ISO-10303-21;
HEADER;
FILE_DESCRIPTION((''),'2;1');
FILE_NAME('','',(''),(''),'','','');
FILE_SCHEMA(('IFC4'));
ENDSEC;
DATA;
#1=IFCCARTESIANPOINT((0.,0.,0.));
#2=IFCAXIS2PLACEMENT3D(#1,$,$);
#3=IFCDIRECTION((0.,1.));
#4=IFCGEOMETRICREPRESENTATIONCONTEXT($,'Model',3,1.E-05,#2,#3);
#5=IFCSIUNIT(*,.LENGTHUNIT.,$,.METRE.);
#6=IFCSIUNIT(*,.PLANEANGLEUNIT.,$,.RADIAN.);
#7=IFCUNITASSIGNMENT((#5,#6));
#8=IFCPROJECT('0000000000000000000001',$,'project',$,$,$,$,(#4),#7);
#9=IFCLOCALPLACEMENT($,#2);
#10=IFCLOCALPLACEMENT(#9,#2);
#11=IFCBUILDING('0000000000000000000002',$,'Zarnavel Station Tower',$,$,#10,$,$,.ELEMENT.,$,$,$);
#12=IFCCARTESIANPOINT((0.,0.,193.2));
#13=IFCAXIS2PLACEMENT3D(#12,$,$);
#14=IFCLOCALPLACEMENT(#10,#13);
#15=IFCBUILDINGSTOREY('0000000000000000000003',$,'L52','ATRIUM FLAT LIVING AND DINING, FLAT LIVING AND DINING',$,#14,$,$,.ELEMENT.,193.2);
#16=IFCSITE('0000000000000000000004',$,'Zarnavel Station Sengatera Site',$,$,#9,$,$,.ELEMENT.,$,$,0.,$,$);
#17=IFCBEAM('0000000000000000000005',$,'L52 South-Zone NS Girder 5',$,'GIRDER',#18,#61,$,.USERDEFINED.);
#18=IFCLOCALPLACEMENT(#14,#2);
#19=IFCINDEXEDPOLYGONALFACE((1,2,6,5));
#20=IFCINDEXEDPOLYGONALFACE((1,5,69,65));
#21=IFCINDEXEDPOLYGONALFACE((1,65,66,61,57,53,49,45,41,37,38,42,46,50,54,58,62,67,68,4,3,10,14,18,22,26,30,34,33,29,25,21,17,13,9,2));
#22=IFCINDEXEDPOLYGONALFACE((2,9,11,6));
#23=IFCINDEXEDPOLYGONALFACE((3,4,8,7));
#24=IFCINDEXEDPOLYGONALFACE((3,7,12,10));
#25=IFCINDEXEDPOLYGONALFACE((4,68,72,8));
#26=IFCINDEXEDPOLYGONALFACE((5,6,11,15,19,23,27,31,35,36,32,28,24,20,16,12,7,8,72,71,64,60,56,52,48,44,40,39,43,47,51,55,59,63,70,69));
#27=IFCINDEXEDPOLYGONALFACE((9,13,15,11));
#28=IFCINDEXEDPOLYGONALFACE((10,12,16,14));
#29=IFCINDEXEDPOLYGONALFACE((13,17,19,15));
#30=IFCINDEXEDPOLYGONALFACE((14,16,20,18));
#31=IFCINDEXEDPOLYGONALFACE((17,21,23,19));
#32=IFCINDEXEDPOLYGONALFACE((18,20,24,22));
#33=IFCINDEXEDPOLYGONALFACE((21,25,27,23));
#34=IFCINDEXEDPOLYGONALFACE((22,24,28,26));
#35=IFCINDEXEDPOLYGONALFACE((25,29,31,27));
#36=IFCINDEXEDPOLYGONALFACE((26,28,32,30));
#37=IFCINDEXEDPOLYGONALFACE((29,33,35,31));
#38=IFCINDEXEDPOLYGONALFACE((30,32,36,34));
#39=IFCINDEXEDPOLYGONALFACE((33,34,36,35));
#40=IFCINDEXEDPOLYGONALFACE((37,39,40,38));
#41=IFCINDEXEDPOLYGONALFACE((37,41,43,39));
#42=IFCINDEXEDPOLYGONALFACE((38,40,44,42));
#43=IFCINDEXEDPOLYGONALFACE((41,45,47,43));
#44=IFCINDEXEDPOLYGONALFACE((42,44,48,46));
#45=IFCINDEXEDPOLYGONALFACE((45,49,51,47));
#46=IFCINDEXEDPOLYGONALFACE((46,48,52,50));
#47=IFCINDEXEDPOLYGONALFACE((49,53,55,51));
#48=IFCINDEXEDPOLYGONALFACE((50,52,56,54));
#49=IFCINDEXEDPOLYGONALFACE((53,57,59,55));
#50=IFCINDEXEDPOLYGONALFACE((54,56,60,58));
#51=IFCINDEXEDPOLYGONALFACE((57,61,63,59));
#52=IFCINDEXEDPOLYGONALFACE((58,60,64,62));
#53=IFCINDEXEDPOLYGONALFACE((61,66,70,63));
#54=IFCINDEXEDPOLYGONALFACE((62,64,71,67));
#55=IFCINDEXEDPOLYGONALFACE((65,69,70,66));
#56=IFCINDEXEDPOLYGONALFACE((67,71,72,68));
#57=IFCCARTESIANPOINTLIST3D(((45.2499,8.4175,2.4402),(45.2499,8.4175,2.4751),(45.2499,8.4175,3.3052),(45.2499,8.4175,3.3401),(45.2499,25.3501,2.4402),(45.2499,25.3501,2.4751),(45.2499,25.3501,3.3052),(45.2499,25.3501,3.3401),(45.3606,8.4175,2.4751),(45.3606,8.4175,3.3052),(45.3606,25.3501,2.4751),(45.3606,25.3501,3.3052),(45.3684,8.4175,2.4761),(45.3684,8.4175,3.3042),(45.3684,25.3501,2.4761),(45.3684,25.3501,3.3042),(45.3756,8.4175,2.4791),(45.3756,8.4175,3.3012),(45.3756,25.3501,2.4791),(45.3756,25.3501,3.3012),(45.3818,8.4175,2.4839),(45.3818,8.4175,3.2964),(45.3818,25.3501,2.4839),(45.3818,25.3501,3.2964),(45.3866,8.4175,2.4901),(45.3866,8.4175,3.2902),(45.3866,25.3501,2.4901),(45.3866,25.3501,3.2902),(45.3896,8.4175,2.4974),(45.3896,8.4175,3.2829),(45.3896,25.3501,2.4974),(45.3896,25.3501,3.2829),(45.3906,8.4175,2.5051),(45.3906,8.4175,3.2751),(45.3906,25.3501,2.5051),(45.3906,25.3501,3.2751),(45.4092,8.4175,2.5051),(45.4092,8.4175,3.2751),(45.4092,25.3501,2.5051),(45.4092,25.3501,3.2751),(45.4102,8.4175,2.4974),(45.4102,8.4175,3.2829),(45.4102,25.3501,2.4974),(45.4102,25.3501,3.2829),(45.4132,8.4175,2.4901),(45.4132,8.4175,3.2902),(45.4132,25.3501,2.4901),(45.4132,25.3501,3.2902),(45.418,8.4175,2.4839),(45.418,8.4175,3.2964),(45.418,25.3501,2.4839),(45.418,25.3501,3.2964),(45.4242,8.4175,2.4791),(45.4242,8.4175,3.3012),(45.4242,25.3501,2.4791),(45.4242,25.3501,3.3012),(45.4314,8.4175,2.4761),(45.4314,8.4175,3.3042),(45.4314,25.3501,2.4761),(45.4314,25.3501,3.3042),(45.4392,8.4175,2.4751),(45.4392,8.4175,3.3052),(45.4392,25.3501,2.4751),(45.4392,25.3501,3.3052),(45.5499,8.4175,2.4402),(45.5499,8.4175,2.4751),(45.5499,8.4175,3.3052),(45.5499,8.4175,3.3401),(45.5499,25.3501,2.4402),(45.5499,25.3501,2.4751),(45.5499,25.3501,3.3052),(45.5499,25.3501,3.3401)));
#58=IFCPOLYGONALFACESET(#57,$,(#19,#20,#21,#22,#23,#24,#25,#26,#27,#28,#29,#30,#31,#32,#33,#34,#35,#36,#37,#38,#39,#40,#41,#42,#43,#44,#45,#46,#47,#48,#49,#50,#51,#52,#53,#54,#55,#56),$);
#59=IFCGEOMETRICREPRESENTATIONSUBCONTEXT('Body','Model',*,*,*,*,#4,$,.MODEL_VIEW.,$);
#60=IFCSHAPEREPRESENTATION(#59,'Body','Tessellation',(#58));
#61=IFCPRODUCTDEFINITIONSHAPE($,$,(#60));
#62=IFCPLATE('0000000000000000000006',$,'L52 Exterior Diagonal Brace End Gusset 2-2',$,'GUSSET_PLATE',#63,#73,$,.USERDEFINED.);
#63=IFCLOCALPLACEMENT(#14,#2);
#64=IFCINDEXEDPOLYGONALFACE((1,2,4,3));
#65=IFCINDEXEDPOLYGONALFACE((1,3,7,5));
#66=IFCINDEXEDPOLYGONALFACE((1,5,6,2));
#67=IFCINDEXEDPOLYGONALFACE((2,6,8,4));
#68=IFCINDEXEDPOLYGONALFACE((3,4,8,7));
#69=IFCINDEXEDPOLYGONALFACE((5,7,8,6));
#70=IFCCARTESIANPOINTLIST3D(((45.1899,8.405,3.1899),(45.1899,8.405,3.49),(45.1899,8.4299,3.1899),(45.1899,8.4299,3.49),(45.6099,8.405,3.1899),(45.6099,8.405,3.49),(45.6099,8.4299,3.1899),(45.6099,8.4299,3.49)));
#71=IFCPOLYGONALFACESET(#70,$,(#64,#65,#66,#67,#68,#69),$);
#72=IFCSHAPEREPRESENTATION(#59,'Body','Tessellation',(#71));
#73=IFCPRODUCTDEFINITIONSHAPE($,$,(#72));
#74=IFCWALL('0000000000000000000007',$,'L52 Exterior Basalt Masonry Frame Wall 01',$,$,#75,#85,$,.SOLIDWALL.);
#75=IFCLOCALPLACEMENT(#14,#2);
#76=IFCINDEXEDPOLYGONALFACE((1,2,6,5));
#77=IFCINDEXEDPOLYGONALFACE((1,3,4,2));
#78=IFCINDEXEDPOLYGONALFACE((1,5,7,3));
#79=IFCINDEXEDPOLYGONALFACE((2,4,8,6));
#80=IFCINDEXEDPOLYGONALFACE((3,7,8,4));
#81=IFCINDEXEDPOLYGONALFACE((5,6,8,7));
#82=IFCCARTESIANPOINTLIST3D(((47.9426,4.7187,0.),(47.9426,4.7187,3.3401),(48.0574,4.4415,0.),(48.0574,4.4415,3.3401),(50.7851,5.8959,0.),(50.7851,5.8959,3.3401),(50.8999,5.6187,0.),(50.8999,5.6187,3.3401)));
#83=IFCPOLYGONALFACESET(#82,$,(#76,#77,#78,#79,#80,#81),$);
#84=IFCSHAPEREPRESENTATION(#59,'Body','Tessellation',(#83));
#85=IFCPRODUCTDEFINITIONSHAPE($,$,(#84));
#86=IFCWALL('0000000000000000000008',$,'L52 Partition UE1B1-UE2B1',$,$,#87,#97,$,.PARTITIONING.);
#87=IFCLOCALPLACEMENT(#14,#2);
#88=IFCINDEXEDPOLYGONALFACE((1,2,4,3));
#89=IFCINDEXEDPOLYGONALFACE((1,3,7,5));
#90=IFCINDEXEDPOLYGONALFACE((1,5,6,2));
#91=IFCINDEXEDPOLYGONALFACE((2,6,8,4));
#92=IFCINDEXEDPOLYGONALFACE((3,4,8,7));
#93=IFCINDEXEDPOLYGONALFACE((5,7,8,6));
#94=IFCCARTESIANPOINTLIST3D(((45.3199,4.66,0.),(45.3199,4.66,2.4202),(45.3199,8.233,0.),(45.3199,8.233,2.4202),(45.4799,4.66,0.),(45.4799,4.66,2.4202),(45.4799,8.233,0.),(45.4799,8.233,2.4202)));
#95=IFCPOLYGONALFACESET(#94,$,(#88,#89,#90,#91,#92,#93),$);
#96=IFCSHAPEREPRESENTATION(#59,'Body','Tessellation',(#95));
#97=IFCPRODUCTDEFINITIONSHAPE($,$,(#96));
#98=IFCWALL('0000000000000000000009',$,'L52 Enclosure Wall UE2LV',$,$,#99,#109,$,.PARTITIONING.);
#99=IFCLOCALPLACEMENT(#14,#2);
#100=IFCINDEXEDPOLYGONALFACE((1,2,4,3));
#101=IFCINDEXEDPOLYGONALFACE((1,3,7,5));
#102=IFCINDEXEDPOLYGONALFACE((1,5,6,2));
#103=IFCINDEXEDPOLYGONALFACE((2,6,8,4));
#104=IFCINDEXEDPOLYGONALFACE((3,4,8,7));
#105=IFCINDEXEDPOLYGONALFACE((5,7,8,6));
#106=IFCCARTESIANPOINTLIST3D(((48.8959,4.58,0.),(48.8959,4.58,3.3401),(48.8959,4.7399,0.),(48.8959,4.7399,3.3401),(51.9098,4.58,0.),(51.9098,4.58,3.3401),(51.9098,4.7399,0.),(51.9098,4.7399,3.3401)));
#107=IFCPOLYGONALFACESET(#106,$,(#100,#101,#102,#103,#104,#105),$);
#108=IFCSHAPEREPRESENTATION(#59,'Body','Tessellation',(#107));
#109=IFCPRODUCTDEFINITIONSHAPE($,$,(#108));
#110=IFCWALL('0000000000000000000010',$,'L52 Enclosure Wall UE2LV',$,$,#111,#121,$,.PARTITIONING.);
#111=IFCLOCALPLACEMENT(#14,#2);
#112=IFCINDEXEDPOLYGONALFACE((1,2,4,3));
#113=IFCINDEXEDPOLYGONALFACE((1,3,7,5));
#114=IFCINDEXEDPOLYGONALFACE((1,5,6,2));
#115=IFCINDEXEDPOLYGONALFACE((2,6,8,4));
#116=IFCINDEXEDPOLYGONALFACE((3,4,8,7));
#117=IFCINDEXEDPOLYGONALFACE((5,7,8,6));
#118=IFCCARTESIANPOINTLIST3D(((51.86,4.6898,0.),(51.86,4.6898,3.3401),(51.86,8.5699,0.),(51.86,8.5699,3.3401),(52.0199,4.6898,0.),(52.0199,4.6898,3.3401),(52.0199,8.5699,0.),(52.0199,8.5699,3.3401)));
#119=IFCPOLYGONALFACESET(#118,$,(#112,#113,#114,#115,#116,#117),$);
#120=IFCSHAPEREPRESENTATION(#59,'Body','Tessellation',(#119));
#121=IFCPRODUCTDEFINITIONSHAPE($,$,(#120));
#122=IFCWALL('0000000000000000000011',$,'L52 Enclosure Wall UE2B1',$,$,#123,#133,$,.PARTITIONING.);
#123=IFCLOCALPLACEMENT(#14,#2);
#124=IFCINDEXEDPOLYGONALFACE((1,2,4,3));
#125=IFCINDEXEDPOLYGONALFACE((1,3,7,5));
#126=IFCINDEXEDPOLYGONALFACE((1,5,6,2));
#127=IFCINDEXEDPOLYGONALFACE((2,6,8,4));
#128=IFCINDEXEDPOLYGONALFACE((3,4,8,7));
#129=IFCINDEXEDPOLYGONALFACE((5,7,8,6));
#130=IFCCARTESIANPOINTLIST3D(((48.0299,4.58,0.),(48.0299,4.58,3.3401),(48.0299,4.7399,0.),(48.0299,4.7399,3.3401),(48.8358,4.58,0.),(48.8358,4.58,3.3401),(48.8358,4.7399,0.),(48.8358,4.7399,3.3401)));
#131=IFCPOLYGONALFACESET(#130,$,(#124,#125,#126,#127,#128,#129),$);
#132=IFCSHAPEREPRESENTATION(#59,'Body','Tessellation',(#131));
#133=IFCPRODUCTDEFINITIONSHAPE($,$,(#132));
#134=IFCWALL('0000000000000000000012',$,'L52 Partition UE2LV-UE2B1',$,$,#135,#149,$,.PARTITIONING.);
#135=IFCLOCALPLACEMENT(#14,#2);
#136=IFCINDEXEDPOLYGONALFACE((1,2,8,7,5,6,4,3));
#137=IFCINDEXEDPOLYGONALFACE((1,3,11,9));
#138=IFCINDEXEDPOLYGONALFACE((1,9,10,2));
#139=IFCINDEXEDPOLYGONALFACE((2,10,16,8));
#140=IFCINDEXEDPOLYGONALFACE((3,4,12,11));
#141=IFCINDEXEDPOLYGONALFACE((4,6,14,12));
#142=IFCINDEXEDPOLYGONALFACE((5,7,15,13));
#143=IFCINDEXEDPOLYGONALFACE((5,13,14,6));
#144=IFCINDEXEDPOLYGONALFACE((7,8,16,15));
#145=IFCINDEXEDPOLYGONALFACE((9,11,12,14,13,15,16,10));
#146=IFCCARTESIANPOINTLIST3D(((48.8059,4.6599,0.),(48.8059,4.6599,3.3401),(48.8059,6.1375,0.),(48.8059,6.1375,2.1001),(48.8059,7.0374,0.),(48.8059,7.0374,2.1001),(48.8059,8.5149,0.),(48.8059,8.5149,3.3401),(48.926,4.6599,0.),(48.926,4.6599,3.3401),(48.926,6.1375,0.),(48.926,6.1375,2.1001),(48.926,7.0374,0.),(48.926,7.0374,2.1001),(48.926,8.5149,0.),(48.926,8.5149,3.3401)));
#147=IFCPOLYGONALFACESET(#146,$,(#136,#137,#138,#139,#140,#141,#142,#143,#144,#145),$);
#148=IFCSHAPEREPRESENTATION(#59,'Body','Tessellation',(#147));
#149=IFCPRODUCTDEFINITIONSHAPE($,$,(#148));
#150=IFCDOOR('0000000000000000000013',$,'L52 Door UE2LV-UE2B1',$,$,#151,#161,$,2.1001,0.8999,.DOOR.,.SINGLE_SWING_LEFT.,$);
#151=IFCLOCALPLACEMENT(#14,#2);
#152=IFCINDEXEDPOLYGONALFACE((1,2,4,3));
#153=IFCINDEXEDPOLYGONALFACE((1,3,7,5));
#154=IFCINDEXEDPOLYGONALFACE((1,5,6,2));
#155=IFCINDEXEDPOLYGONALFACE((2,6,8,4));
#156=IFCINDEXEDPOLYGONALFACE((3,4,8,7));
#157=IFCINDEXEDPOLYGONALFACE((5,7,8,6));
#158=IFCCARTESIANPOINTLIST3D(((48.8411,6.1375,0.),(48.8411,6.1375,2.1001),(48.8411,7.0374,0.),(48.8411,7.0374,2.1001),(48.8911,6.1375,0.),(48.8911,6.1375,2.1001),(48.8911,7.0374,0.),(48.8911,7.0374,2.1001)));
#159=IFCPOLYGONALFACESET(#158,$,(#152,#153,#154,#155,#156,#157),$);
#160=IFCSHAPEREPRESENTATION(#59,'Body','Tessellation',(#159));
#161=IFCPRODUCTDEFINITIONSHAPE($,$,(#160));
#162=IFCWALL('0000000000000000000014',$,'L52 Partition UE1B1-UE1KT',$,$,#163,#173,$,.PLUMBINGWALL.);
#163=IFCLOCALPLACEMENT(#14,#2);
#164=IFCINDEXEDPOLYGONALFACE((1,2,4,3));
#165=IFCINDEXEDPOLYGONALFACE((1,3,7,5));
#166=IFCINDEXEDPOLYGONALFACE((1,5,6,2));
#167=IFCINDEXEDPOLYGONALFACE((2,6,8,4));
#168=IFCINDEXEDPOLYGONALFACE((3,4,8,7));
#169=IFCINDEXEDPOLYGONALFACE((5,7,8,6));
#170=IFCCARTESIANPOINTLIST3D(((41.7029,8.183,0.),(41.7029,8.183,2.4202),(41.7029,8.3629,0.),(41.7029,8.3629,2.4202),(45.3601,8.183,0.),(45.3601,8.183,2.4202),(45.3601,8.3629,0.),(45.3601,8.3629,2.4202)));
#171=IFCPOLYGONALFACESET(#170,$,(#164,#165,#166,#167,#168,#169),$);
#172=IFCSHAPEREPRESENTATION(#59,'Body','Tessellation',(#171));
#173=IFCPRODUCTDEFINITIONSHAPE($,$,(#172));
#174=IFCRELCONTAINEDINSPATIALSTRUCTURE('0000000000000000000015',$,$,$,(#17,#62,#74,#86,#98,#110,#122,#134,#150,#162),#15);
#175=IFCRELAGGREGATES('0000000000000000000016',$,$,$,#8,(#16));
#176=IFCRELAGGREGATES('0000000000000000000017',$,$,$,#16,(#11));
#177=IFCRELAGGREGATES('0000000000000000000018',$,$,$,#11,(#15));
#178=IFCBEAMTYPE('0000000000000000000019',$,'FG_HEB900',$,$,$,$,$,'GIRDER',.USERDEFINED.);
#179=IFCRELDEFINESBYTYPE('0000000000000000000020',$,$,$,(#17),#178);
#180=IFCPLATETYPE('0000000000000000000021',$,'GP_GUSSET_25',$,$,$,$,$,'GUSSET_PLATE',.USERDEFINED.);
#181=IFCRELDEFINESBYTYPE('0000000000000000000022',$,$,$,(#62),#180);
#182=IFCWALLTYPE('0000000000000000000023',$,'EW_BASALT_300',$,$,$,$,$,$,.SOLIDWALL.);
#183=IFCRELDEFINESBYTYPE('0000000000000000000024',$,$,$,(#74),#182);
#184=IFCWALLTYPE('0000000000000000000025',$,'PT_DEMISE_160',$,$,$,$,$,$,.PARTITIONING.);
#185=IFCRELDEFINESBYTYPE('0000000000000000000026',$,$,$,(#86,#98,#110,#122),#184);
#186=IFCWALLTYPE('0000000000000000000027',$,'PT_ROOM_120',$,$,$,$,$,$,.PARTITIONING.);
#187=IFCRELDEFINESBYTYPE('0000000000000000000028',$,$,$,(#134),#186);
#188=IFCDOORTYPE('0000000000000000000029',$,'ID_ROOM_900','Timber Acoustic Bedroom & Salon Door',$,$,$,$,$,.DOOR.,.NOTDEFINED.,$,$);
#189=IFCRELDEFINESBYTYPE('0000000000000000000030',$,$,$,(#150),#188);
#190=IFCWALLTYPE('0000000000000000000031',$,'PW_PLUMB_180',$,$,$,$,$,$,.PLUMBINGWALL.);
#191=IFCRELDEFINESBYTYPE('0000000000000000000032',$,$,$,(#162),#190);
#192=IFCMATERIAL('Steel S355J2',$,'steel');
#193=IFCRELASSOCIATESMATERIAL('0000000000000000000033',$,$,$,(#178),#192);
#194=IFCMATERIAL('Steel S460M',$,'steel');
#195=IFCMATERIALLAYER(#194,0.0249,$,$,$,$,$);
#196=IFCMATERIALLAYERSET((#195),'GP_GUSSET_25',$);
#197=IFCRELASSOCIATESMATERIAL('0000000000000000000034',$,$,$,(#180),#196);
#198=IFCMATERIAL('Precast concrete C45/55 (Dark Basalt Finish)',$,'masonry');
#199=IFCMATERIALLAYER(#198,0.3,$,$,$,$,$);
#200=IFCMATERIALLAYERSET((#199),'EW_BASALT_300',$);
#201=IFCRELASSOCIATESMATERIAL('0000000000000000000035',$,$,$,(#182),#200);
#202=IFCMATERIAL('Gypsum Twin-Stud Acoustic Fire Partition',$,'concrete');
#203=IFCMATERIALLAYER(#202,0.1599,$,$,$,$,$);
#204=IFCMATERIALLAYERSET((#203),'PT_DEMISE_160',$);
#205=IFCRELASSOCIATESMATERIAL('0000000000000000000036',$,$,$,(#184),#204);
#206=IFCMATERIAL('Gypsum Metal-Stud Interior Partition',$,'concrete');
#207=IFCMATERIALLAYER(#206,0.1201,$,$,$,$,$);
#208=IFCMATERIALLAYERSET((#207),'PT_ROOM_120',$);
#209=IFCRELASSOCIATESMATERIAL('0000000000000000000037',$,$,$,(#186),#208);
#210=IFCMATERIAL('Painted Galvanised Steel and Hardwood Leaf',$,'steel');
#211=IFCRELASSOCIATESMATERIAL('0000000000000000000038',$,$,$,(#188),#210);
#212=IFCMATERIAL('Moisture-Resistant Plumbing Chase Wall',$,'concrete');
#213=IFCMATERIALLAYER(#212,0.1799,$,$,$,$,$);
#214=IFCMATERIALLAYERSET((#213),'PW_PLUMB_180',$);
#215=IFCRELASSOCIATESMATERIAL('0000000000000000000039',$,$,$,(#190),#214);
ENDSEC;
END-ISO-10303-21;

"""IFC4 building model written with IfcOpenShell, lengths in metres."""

from ifc_helpers import new_model, si_unit, direction, frame, frame_2d, origin, origin_2d, place, context, subcontext, project, spatial, rectangle, i_section, extrude, material, layer, layer_set, material_profile, profile_set, type_object, element, fill, save


model = new_model("IFC4")

# Units and contexts
model_context = context("Model", 3, precision=1e-05, world=origin(), true_north=direction((0.0, 1.0)))
body_context = subcontext(model_context, "Body", "Model", "MODEL_VIEW")
ifc_project = project(units=[si_unit("LENGTHUNIT", "METRE"), si_unit("PLANEANGLEUNIT", "RADIAN")], contexts=[model_context])

# Site, building, storey
site_placement = place(None, origin())
site = spatial("IfcSite", under=ifc_project, at=site_placement, Name="Zarnavel Station Sengatera Site", CompositionType="ELEMENT", RefElevation=0.0)
building_placement = place(site_placement, origin())
building = spatial("IfcBuilding", under=site, at=building_placement, Name="Zarnavel Station Tower", CompositionType="ELEMENT")
storey_placement = place(building_placement, frame((0.0, 0.0, 193.2)))
storey = spatial("IfcBuildingStorey", under=building, at=storey_placement, Name="L52", Description="ATRIUM FLAT LIVING AND DINING, FLAT LIVING AND DINING", CompositionType="ELEMENT", Elevation=193.2)

# Beam
ifc_material_1 = material(Name="Steel S355J2", Category="steel")
ifc_material_profile = material_profile(ifc_material_1, i_section(OverallWidth=0.3, OverallDepth=0.8999, WebThickness=0.0186, FlangeThickness=0.0349, FilletRadius=0.03, at=origin_2d()), Name="HEB900")
ifc_profile_set = profile_set([ifc_material_profile], Name="Steel S355J2")
beam_type = type_object("IfcBeamType", Name="FG_HEB900", ElementType="GIRDER", PredefinedType="USERDEFINED", material=ifc_profile_set)
beam_placement = place(storey_placement, frame((45.3999, 8.4175, 2.8901), z_axis=(0.0, 1.0, 0.0), x_axis=(-1.0, 0.0, 0.0)))
element("IfcBeam", 1, at=beam_placement, inside=storey, type_object=beam_type, Name="L52 South-Zone NS Girder 5", ObjectType="GIRDER", PredefinedType="USERDEFINED", context=body_context, shape_type="SweptSolid", body=[
    extrude(i_section(OverallWidth=0.3, OverallDepth=0.8999, WebThickness=0.0186, FlangeThickness=0.0349, FilletRadius=0.03, at=origin_2d()), origin(), (0.0, 0.0, 1.0), 16.9326),
])

# Plate
ifc_material_2 = material(Name="Steel S460M", Category="steel")
ifc_layer_1 = layer(ifc_material_2, 0.0249)
ifc_layer_set_1 = layer_set([ifc_layer_1], Name="GP_GUSSET_25")
plate_type = type_object("IfcPlateType", Name="GP_GUSSET_25", ElementType="GUSSET_PLATE", PredefinedType="USERDEFINED", material=ifc_layer_set_1)
plate_placement = place(storey_placement, frame((45.3999, 8.4175, 3.1899), z_axis=(0.0, 0.0, 1.0), x_axis=(1.0, 0.0, 0.0)))
element("IfcPlate", 2, at=plate_placement, inside=storey, type_object=plate_type, Name="L52 Exterior Diagonal Brace End Gusset 2-2", ObjectType="GUSSET_PLATE", PredefinedType="USERDEFINED", context=body_context, shape_type="SweptSolid", body=[
    extrude(rectangle(XDim=0.4199, YDim=0.0249, at=origin_2d()), origin(), (0.0, 0.0, 1.0), 0.3),
])

# Wall
ifc_material_3 = material(Name="Precast concrete C45/55 (Dark Basalt Finish)", Category="masonry")
ifc_layer_2 = layer(ifc_material_3, 0.3)
ifc_layer_set_2 = layer_set([ifc_layer_2], Name="EW_BASALT_300")
wall_type_1 = type_object("IfcWallType", Name="EW_BASALT_300", PredefinedType="SOLIDWALL", material=ifc_layer_set_2)
wall_1_placement = place(storey_placement, frame((50.8425, 5.7573, 0.0), z_axis=(0.0, 0.0, 1.0), x_axis=(-0.923899, -0.382637, 0.0)))
element("IfcWall", 3, at=wall_1_placement, inside=storey, type_object=wall_type_1, Name="L52 Exterior Basalt Masonry Frame Wall 01", PredefinedType="SOLIDWALL", context=body_context, shape_type="SweptSolid", body=[
    extrude(rectangle(XDim=3.0767, YDim=0.3, at=frame_2d((1.5383, 0.0))), origin(), (0.0, 0.0, 1.0), 3.3401),
])

# Walls
ifc_material_4 = material(Name="Gypsum Twin-Stud Acoustic Fire Partition", Category="concrete")
ifc_layer_3 = layer(ifc_material_4, 0.1599)
ifc_layer_set_3 = layer_set([ifc_layer_3], Name="PT_DEMISE_160")
wall_type_2 = type_object("IfcWallType", Name="PT_DEMISE_160", PredefinedType="PARTITIONING", material=ifc_layer_set_3)
wall_2_placement = place(storey_placement, frame((45.3999, 4.6599, 0.0), z_axis=(0.0, 0.0, 1.0), x_axis=(0.0, 1.0, 0.0)))
element("IfcWall", 4, at=wall_2_placement, inside=storey, type_object=wall_type_2, Name="L52 Partition UE1B1-UE2B1", PredefinedType="PARTITIONING", context=body_context, shape_type="SweptSolid", body=[
    extrude(rectangle(XDim=3.573, YDim=0.1599, at=frame_2d((1.7866, 0.0))), origin(), (0.0, 0.0, 1.0), 2.4202),
])
wall_3_placement = place(storey_placement, frame((48.896, 4.6599, 0.0), z_axis=(0.0, 0.0, 1.0), x_axis=(1.0, 0.0, 0.0)))
element("IfcWall", 5, at=wall_3_placement, inside=storey, type_object=wall_type_2, Name="L52 Enclosure Wall UE2LV", PredefinedType="PARTITIONING", context=body_context, shape_type="SweptSolid", body=[
    extrude(rectangle(XDim=3.0139, YDim=0.1599, at=frame_2d((1.5068, 0.0))), origin(), (0.0, 0.0, 1.0), 3.3401),
])
wall_4_placement = place(storey_placement, frame((51.9399, 4.6899, 0.0), z_axis=(0.0, 0.0, 1.0), x_axis=(0.0, 1.0, 0.0)))
element("IfcWall", 6, at=wall_4_placement, inside=storey, type_object=wall_type_2, Name="L52 Enclosure Wall UE2LV", PredefinedType="PARTITIONING", context=body_context, shape_type="SweptSolid", body=[
    extrude(rectangle(XDim=3.8801, YDim=0.1599, at=frame_2d((1.9399, 0.0))), origin(), (0.0, 0.0, 1.0), 3.3401),
])
wall_5_placement = place(storey_placement, frame((48.03, 4.6599, 0.0), z_axis=(0.0, 0.0, 1.0), x_axis=(1.0, 0.0, 0.0)))
element("IfcWall", 7, at=wall_5_placement, inside=storey, type_object=wall_type_2, Name="L52 Enclosure Wall UE2B1", PredefinedType="PARTITIONING", context=body_context, shape_type="SweptSolid", body=[
    extrude(rectangle(XDim=0.8059, YDim=0.1599, at=frame_2d((0.4028, 0.0))), origin(), (0.0, 0.0, 1.0), 3.3401),
])

# Wall, opening, door
ifc_material_5 = material(Name="Gypsum Metal-Stud Interior Partition", Category="concrete")
ifc_layer_4 = layer(ifc_material_5, 0.1201)
ifc_layer_set_4 = layer_set([ifc_layer_4], Name="PT_ROOM_120")
wall_type_3 = type_object("IfcWallType", Name="PT_ROOM_120", PredefinedType="PARTITIONING", material=ifc_layer_set_4)
wall_6_placement = place(storey_placement, frame((48.866, 4.6599, 0.0), z_axis=(0.0, 0.0, 1.0), x_axis=(0.0, 1.0, 0.0)))
wall_6 = element("IfcWall", 8, at=wall_6_placement, inside=storey, type_object=wall_type_3, Name="L52 Partition UE2LV-UE2B1", PredefinedType="PARTITIONING", context=body_context, shape_type="SweptSolid", body=[
    extrude(rectangle(XDim=3.855, YDim=0.1201, at=frame_2d((1.9275, 0.0))), origin(), (0.0, 0.0, 1.0), 3.3401),
])
opening_1_placement = place(wall_6_placement, frame((1.4775, 0.0, 0.0)))
opening_1 = element("IfcOpeningElement", 9, at=opening_1_placement, cuts=wall_6, PredefinedType="OPENING", context=body_context, shape_type="SweptSolid", body=[
    extrude(rectangle(XDim=0.8999, YDim=2.1001, at=frame_2d((0.45, 1.05))), frame((0.0, 0.0701, 0.0), z_axis=(0.0, -1.0, 0.0), x_axis=(1.0, 0.0, 0.0)), (0.0, 0.0, 1.0), 0.1401),
])
ifc_material_6 = material(Name="Painted Galvanised Steel and Hardwood Leaf", Category="steel")
door_type = type_object("IfcDoorType", Name="ID_ROOM_900", Description="Timber Acoustic Bedroom & Salon Door", OperationType="NOTDEFINED", PredefinedType="DOOR", material=ifc_material_6)
door_placement = place(opening_1_placement, origin())
door = element("IfcDoor", 10, at=door_placement, inside=storey, type_object=door_type, Name="L52 Door UE2LV-UE2B1", OperationType="SINGLE_SWING_LEFT", OverallHeight=2.1001, OverallWidth=0.8999, PredefinedType="DOOR", context=body_context, shape_type="SweptSolid", body=[
    extrude(rectangle(XDim=0.8999, YDim=2.1001, at=frame_2d((0.45, 1.05))), frame((0.0, 0.0249, 0.0), z_axis=(0.0, -1.0, 0.0), x_axis=(1.0, 0.0, 0.0)), (0.0, 0.0, 1.0), 0.05),
])
fill(opening_1, door)

# Wall
ifc_material_7 = material(Name="Moisture-Resistant Plumbing Chase Wall", Category="concrete")
ifc_layer_5 = layer(ifc_material_7, 0.1799)
ifc_layer_set_5 = layer_set([ifc_layer_5], Name="PW_PLUMB_180")
wall_type_4 = type_object("IfcWallType", Name="PW_PLUMB_180", PredefinedType="PLUMBINGWALL", material=ifc_layer_set_5)
wall_7_placement = place(storey_placement, frame((41.7029, 8.2729, 0.0), z_axis=(0.0, 0.0, 1.0), x_axis=(1.0, 0.0, 0.0)))
element("IfcWall", 11, at=wall_7_placement, inside=storey, type_object=wall_type_4, Name="L52 Partition UE1B1-UE1KT", PredefinedType="PLUMBINGWALL", context=body_context, shape_type="SweptSolid", body=[
    extrude(rectangle(XDim=3.6572, YDim=0.1799, at=frame_2d((1.8286, 0.0))), origin(), (0.0, 0.0, 1.0), 2.4202),
])

save(model, "model.ifc")
